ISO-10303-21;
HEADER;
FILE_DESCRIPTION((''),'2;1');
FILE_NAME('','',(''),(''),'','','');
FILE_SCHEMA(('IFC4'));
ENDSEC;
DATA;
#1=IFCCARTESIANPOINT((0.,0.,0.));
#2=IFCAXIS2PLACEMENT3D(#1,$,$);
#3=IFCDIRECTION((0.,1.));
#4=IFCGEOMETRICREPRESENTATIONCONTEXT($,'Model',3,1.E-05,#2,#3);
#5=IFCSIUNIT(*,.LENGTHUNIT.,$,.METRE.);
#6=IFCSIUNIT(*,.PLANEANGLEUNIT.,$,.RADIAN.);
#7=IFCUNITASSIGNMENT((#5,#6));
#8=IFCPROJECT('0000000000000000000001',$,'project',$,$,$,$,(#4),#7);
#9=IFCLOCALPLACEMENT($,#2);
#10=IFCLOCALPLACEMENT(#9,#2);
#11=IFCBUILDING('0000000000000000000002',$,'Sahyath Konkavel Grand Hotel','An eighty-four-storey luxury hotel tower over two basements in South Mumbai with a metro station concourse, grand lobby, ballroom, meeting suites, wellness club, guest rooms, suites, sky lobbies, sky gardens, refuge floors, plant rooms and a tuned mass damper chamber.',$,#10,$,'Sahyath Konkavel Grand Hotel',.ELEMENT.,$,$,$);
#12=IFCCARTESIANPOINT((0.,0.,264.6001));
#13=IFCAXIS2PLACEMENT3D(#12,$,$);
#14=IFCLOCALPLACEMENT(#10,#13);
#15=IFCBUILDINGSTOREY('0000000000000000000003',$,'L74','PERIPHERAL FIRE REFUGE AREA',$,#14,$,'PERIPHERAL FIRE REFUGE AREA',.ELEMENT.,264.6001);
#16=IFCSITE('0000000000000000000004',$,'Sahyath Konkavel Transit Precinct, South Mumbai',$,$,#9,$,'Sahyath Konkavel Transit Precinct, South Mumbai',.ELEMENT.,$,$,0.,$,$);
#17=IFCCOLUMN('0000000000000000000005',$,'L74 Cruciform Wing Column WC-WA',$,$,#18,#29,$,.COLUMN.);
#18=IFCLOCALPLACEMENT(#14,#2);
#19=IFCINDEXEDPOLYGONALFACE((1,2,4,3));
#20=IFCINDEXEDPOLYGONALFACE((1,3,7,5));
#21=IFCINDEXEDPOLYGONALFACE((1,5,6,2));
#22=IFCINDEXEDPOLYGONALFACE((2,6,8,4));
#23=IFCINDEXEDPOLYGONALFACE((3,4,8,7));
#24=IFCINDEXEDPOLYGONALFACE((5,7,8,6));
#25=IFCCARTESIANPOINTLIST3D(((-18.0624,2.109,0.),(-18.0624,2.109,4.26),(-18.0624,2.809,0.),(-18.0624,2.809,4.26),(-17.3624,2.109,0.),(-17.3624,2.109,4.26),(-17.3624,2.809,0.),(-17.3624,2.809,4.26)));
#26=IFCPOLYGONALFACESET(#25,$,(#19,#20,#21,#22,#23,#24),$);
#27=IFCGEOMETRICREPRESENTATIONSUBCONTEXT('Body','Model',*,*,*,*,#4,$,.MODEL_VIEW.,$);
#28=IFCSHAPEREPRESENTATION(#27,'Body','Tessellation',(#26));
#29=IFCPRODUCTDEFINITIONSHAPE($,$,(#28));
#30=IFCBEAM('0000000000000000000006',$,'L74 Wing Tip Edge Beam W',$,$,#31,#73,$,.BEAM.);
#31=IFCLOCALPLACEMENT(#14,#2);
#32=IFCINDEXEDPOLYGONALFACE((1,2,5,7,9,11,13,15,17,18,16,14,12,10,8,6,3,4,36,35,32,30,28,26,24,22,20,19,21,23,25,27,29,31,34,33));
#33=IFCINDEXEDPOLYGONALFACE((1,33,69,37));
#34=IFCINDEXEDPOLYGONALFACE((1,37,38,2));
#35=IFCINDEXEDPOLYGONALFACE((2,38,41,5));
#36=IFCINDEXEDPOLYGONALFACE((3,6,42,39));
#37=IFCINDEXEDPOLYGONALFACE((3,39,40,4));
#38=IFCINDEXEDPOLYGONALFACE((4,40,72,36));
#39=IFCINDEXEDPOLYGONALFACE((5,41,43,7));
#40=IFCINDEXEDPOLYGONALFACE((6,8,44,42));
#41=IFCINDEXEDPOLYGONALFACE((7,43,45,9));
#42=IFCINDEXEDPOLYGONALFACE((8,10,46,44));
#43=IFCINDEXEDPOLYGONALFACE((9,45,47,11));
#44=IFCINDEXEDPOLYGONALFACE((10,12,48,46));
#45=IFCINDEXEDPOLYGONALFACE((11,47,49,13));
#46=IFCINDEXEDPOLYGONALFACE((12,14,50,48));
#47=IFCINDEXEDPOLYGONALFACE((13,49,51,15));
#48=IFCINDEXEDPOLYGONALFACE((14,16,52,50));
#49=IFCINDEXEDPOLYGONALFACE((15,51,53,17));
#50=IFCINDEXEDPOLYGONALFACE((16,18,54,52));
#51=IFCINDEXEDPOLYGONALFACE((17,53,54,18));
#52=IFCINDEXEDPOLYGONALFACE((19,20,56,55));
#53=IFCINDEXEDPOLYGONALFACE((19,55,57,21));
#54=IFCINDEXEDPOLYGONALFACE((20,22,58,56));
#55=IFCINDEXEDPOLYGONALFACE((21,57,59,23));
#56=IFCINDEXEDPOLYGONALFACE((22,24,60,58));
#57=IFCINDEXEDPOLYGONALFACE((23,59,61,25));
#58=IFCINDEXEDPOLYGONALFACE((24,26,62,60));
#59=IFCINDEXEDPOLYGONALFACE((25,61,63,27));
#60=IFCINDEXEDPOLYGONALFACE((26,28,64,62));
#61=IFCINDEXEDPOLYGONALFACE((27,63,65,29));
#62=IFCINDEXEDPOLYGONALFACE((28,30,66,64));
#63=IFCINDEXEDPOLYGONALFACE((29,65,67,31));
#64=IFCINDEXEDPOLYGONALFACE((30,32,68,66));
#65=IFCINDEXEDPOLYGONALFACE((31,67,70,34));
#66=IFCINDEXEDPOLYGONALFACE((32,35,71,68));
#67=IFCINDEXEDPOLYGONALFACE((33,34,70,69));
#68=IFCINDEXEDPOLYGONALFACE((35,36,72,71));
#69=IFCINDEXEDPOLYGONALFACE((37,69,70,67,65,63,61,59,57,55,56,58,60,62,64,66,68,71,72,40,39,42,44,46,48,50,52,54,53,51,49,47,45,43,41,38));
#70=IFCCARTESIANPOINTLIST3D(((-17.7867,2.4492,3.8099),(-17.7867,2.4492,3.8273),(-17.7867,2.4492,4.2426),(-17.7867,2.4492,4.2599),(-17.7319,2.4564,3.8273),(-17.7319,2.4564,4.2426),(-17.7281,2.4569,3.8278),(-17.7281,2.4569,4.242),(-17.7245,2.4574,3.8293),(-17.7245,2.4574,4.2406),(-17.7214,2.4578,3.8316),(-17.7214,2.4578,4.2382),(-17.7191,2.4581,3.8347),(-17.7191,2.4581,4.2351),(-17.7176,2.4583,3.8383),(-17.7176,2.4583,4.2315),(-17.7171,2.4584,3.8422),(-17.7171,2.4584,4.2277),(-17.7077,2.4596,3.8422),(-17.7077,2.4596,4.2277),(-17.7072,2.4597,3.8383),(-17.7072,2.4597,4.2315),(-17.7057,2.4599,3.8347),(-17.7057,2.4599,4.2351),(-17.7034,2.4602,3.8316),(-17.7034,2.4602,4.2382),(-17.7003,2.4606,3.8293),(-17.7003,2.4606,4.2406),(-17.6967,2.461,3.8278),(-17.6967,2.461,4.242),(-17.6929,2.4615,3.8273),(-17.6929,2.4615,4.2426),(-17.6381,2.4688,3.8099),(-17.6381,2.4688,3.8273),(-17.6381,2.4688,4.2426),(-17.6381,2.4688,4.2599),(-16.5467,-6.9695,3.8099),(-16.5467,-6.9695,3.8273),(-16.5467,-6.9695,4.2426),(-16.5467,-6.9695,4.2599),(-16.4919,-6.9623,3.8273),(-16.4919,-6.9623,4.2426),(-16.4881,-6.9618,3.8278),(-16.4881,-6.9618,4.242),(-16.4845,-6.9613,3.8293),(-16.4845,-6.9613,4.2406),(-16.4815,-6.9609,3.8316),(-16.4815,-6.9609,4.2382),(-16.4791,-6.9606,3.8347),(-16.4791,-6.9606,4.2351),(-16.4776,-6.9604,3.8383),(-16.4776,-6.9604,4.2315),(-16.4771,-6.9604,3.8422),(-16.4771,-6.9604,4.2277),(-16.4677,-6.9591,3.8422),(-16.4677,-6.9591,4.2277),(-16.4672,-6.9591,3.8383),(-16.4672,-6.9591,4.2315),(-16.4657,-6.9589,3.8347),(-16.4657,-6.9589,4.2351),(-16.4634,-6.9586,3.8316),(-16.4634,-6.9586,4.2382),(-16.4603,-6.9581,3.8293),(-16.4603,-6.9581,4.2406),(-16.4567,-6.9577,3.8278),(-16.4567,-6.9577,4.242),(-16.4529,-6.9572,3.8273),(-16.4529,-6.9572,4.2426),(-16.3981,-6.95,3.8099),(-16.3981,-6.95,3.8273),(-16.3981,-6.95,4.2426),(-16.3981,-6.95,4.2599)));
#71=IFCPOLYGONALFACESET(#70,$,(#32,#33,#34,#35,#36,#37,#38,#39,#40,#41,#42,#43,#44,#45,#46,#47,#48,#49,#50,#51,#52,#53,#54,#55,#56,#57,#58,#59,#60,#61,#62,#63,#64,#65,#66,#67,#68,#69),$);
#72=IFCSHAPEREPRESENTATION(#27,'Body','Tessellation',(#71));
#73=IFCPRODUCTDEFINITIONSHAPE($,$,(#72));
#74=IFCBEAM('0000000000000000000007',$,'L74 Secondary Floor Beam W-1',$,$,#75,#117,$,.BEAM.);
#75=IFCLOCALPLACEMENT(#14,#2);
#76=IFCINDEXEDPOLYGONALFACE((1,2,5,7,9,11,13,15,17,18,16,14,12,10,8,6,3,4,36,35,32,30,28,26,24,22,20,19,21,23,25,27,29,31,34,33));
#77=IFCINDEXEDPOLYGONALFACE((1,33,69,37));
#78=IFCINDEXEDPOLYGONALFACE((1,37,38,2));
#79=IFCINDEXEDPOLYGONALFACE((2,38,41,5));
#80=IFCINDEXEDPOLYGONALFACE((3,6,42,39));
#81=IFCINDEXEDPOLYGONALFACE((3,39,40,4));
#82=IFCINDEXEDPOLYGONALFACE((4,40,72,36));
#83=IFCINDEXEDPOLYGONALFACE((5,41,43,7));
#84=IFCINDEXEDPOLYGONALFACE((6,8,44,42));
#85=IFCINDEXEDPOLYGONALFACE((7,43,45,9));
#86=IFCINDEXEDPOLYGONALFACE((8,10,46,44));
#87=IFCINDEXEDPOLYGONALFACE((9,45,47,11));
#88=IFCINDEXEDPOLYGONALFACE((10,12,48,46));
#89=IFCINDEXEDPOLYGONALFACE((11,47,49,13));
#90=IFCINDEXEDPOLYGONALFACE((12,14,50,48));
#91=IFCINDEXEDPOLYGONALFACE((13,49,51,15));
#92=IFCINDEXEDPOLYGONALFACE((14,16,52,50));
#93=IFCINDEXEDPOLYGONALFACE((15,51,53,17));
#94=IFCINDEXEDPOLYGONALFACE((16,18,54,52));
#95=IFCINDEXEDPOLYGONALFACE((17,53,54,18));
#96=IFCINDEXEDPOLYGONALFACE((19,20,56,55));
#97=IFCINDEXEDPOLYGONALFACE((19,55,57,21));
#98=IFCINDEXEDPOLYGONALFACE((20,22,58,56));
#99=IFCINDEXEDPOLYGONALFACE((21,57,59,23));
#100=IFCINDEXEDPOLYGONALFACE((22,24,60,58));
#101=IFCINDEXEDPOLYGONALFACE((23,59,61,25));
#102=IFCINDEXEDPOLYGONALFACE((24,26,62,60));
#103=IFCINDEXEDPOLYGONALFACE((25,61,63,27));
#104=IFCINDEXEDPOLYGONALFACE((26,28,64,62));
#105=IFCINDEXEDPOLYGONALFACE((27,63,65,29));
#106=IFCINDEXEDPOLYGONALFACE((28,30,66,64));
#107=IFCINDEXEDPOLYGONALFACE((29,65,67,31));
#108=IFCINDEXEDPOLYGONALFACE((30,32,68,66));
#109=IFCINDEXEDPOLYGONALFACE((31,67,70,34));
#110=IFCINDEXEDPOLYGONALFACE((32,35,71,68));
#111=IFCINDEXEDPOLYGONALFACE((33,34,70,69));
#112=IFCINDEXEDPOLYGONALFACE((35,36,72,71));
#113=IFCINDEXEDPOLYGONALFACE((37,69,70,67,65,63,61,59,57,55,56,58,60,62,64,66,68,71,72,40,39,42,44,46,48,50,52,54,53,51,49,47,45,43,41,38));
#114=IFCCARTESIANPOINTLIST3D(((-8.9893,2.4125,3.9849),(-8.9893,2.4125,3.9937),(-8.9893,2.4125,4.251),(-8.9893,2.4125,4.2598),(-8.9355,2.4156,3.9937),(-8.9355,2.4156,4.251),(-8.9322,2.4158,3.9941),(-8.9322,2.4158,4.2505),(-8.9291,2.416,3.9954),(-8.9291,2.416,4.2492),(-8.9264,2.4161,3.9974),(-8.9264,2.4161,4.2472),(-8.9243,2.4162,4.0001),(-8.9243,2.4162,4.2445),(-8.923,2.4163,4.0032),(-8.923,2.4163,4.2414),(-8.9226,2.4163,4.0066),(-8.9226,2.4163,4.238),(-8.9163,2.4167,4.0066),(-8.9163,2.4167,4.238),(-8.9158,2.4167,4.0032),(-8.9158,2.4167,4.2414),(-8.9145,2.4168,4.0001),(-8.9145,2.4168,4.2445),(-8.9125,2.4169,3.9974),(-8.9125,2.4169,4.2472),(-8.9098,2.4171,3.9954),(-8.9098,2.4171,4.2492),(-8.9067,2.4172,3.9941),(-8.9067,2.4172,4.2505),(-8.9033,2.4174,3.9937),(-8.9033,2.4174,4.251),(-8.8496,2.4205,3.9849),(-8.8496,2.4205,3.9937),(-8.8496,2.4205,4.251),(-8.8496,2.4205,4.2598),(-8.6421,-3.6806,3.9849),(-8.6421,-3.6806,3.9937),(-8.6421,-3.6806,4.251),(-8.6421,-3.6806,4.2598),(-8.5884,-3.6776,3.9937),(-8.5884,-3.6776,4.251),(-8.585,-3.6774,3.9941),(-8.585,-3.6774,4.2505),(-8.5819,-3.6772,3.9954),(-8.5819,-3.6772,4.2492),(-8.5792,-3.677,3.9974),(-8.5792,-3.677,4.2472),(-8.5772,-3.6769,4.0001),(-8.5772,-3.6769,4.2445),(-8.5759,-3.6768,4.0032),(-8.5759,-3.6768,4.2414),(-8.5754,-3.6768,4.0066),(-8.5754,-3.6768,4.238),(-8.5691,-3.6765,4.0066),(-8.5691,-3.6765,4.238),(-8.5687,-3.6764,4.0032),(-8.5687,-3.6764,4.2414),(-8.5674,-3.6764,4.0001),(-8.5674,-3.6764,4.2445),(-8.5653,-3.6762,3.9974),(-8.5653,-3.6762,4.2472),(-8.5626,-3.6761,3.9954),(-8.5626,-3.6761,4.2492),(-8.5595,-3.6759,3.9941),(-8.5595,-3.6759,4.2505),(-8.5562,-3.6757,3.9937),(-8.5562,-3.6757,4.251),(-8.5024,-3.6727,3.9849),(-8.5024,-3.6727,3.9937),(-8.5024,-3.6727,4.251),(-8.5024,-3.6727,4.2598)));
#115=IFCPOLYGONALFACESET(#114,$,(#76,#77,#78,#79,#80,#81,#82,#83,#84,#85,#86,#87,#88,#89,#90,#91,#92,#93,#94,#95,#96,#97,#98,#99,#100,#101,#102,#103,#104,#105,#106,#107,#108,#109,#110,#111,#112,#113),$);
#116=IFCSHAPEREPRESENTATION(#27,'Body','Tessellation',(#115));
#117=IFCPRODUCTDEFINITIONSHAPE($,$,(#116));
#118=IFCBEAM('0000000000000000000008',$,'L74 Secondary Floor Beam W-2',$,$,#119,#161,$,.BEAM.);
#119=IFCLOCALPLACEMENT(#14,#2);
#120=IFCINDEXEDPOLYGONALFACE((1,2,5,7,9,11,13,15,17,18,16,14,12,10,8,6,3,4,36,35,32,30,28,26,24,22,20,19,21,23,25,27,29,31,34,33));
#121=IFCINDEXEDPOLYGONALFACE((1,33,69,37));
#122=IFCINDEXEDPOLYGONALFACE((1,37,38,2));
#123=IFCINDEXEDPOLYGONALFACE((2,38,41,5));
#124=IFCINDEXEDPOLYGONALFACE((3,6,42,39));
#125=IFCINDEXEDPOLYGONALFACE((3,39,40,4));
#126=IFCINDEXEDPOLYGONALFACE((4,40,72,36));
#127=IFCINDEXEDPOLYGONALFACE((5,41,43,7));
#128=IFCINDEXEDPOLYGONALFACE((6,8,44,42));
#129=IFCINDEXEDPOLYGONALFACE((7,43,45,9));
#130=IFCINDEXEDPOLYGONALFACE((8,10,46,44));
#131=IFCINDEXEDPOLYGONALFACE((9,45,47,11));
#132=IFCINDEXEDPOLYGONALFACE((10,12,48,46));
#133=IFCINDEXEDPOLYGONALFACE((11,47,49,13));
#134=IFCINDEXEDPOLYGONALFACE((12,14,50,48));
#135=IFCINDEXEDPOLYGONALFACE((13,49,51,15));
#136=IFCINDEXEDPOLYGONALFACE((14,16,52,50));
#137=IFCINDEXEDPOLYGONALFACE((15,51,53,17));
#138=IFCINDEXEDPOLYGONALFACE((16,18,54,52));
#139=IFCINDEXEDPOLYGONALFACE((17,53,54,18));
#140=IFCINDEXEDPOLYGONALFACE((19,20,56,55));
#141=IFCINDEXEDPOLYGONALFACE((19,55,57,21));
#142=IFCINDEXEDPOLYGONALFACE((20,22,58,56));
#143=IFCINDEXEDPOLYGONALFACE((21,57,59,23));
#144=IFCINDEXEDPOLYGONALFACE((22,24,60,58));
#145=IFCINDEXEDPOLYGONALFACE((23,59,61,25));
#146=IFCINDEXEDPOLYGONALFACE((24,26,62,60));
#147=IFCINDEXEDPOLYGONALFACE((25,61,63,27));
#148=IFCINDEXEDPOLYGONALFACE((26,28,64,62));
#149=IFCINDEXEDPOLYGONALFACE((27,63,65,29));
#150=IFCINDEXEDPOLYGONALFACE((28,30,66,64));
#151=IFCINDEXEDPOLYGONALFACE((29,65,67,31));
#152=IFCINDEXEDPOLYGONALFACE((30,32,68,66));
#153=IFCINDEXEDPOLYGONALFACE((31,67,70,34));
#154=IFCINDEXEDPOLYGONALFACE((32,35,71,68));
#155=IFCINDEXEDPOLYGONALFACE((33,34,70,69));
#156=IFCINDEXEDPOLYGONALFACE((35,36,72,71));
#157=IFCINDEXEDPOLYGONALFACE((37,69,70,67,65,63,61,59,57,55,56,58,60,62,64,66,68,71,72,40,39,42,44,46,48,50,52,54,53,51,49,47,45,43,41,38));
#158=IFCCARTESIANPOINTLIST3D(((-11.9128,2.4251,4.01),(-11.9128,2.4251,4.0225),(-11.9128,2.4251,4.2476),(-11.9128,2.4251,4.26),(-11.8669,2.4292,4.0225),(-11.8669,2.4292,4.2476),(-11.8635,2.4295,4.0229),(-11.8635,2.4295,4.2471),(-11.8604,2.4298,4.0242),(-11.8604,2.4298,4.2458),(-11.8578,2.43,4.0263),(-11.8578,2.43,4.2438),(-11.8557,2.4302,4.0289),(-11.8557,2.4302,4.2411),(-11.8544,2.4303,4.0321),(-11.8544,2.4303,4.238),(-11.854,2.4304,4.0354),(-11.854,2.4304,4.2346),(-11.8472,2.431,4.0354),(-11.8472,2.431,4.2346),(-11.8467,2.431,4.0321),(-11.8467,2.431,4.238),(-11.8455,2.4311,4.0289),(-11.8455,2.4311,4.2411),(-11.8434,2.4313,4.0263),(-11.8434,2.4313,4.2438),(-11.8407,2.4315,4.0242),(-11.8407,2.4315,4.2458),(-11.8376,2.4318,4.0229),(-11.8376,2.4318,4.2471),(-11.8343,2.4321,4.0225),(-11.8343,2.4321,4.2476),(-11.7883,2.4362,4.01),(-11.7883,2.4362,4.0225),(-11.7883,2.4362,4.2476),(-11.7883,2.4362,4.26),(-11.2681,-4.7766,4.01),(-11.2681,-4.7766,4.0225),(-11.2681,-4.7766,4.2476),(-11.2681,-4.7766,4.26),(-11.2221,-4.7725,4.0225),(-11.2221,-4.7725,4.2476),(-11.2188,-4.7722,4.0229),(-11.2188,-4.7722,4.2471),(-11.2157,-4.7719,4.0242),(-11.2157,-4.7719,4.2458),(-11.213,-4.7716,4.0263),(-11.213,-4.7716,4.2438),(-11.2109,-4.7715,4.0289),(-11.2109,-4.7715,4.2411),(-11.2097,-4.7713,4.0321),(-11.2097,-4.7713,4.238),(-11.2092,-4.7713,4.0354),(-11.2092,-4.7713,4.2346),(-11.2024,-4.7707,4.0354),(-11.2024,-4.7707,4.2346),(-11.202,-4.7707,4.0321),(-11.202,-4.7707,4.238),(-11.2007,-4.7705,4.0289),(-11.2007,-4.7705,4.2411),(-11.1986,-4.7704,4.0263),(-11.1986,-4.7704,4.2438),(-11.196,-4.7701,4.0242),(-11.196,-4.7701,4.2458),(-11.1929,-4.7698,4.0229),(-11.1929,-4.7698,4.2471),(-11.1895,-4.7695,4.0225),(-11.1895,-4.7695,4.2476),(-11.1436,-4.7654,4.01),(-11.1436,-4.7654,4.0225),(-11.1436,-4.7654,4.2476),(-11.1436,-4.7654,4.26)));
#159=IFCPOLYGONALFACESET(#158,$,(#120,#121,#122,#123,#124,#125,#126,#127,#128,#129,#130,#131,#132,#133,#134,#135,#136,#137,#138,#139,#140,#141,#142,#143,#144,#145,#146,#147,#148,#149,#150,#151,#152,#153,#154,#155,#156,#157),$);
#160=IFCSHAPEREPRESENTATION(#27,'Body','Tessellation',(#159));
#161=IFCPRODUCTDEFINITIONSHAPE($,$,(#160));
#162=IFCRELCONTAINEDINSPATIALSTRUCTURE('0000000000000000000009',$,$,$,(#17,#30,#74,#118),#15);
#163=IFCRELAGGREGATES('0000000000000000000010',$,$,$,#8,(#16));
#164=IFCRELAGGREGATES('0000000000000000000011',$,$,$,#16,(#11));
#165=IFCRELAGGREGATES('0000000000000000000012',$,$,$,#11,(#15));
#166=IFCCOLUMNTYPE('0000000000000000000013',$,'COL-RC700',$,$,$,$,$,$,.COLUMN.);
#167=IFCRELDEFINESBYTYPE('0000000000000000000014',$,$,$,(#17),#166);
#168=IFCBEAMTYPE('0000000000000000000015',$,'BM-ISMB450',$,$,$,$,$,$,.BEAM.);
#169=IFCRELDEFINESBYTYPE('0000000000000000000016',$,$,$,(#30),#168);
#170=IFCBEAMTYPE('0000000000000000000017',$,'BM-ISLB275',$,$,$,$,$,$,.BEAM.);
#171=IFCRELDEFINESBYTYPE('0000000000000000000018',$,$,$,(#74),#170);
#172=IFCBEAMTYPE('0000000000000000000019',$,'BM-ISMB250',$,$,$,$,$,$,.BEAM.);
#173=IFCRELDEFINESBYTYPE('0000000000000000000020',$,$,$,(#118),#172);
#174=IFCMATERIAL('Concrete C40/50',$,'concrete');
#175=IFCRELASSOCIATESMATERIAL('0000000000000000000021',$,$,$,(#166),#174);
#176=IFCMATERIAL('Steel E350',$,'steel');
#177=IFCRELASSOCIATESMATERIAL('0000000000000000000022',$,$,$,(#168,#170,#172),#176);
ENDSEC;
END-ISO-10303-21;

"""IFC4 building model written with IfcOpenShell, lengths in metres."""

from ifc_helpers import new_model, si_unit, direction, frame, origin, origin_2d, place, context, subcontext, project, spatial, rectangle, i_section, extrude, source, transform, mapped, material, material_profile, profile_set, type_object, element, save


model = new_model("IFC4")

# Units and contexts
model_context = context("Model", 3, precision=1e-05, world=origin(), true_north=direction((0.0, 1.0)))
body_context = subcontext(model_context, "Body", "Model", "MODEL_VIEW")
ifc_project = project(units=[si_unit("LENGTHUNIT", "METRE"), si_unit("PLANEANGLEUNIT", "RADIAN")], contexts=[model_context])

# Site, building, storey
site_placement = place(None, origin())
site = spatial("IfcSite", under=ifc_project, at=site_placement, Name="Sahyath Konkavel Transit Precinct, South Mumbai", LongName="Sahyath Konkavel Transit Precinct, South Mumbai", CompositionType="ELEMENT", RefElevation=0.0)
building_placement = place(site_placement, origin())
building = spatial("IfcBuilding", under=site, at=building_placement, Name="Sahyath Konkavel Grand Hotel", Description="An eighty-four-storey luxury hotel tower over two basements in South Mumbai with a metro station concourse, grand lobby, ballroom, meeting suites, wellness club, guest rooms, suites, sky lobbies, sky gardens, refuge floors, plant rooms and a tuned mass damper chamber.", LongName="Sahyath Konkavel Grand Hotel", CompositionType="ELEMENT")
storey_placement = place(building_placement, frame((0.0, 0.0, 264.6001)))
storey = spatial("IfcBuildingStorey", under=building, at=storey_placement, Name="L74", Description="PERIPHERAL FIRE REFUGE AREA", LongName="PERIPHERAL FIRE REFUGE AREA", CompositionType="ELEMENT", Elevation=264.6001)

# Column
ifc_material_1 = material(Name="Concrete C40/50", Category="concrete")
ifc_material_profile_1 = material_profile(ifc_material_1, rectangle(XDim=0.7, YDim=0.7, at=origin_2d()), Name="RC 700x700")
ifc_profile_set_1 = profile_set([ifc_material_profile_1], Name="Concrete C40/50")
column_type = type_object("IfcColumnType", Name="COL-RC700", PredefinedType="COLUMN", material=ifc_profile_set_1)
shared_shape_1 = source(origin(), body_context, "Body", "SweptSolid", [
    extrude(rectangle(XDim=0.7, YDim=0.7, at=origin_2d()), origin(), (0.0, 0.0, 1.0), 4.26),
])
column_placement = place(storey_placement, frame((-17.7124, 2.459, 0.0), z_axis=(0.0, 0.0, 1.0), x_axis=(1.0, 0.0, 0.0)))
element("IfcColumn", 1, at=column_placement, inside=storey, type_object=column_type, Name="L74 Cruciform Wing Column WC-WA", PredefinedType="COLUMN", context=body_context, shape_type="MappedRepresentation", body=[
    mapped(shared_shape_1, transform((0.0, 0.0, 0.0), scale=1.0)),
])

# Beams
ifc_material_2 = material(Name="Steel E350", Category="steel")
ifc_material_profile_2 = material_profile(ifc_material_2, i_section(OverallWidth=0.1499, OverallDepth=0.45, WebThickness=0.0095, FlangeThickness=0.0173, FilletRadius=0.0149, at=origin_2d()), Name="ISMB 450")
ifc_profile_set_2 = profile_set([ifc_material_profile_2], Name="Steel E350")
beam_type_1 = type_object("IfcBeamType", Name="BM-ISMB450", PredefinedType="BEAM", material=ifc_profile_set_2)
shared_shape_2 = source(origin(), body_context, "Body", "SweptSolid", [
    extrude(i_section(OverallWidth=0.1499, OverallDepth=0.45, WebThickness=0.0095, FlangeThickness=0.0173, FilletRadius=0.0149, at=origin_2d()), origin(), (0.0, 0.0, 1.0), 9.5),
])
beam_1_placement = place(storey_placement, frame((-17.7124, 2.459, 4.0349), z_axis=(0.130526, -0.991445, 0.0), x_axis=(0.991445, 0.130526, 0.0)))
element("IfcBeam", 2, at=beam_1_placement, inside=storey, type_object=beam_type_1, Name="L74 Wing Tip Edge Beam W", PredefinedType="BEAM", context=body_context, shape_type="MappedRepresentation", body=[
    mapped(shared_shape_2, transform((0.0, 0.0, 0.0), scale=1.0)),
])
ifc_material_profile_3 = material_profile(ifc_material_2, i_section(OverallWidth=0.1399, OverallDepth=0.2749, WebThickness=0.0063, FlangeThickness=0.0088, FilletRadius=0.0129, at=origin_2d()), Name="ISLB 275")
ifc_profile_set_3 = profile_set([ifc_material_profile_3], Name="Steel E350")
beam_type_2 = type_object("IfcBeamType", Name="BM-ISLB275", PredefinedType="BEAM", material=ifc_profile_set_3)
shared_shape_3 = source(origin(), body_context, "Body", "SweptSolid", [
    extrude(i_section(OverallWidth=0.1399, OverallDepth=0.2749, WebThickness=0.0063, FlangeThickness=0.0088, FilletRadius=0.0129, at=origin_2d()), origin(), (0.0, 0.0, 1.0), 6.103),
])
beam_2_placement = place(storey_placement, frame((-8.9194, 2.4165, 4.1223), z_axis=(0.056883, -0.998381, 0.0), x_axis=(0.998381, 0.056883, 0.0)))
element("IfcBeam", 3, at=beam_2_placement, inside=storey, type_object=beam_type_2, Name="L74 Secondary Floor Beam W-1", PredefinedType="BEAM", context=body_context, shape_type="MappedRepresentation", body=[
    mapped(shared_shape_3, transform((0.0, 0.0, 0.0), scale=1.0)),
])
ifc_material_profile_4 = material_profile(ifc_material_2, i_section(OverallWidth=0.125, OverallDepth=0.25, WebThickness=0.0068, FlangeThickness=0.0125, FilletRadius=0.0129, at=origin_2d()), Name="ISMB 250")
ifc_profile_set_4 = profile_set([ifc_material_profile_4], Name="Steel E350")
beam_type_3 = type_object("IfcBeamType", Name="BM-ISMB250", PredefinedType="BEAM", material=ifc_profile_set_4)
shared_shape_4 = source(origin(), body_context, "Body", "SweptSolid", [
    extrude(i_section(OverallWidth=0.125, OverallDepth=0.25, WebThickness=0.0068, FlangeThickness=0.0125, FilletRadius=0.0129, at=origin_2d()), origin(), (0.0, 0.0, 1.0), 7.2305),
])
beam_3_placement = place(storey_placement, frame((-11.8506, 2.4307, 4.135), z_axis=(0.089175, -0.996016, 0.0), x_axis=(0.996016, 0.089175, 0.0)))
element("IfcBeam", 4, at=beam_3_placement, inside=storey, type_object=beam_type_3, Name="L74 Secondary Floor Beam W-2", PredefinedType="BEAM", context=body_context, shape_type="MappedRepresentation", body=[
    mapped(shared_shape_4, transform((0.0, 0.0, 0.0), scale=1.0)),
])

save(model, "model.ifc")
